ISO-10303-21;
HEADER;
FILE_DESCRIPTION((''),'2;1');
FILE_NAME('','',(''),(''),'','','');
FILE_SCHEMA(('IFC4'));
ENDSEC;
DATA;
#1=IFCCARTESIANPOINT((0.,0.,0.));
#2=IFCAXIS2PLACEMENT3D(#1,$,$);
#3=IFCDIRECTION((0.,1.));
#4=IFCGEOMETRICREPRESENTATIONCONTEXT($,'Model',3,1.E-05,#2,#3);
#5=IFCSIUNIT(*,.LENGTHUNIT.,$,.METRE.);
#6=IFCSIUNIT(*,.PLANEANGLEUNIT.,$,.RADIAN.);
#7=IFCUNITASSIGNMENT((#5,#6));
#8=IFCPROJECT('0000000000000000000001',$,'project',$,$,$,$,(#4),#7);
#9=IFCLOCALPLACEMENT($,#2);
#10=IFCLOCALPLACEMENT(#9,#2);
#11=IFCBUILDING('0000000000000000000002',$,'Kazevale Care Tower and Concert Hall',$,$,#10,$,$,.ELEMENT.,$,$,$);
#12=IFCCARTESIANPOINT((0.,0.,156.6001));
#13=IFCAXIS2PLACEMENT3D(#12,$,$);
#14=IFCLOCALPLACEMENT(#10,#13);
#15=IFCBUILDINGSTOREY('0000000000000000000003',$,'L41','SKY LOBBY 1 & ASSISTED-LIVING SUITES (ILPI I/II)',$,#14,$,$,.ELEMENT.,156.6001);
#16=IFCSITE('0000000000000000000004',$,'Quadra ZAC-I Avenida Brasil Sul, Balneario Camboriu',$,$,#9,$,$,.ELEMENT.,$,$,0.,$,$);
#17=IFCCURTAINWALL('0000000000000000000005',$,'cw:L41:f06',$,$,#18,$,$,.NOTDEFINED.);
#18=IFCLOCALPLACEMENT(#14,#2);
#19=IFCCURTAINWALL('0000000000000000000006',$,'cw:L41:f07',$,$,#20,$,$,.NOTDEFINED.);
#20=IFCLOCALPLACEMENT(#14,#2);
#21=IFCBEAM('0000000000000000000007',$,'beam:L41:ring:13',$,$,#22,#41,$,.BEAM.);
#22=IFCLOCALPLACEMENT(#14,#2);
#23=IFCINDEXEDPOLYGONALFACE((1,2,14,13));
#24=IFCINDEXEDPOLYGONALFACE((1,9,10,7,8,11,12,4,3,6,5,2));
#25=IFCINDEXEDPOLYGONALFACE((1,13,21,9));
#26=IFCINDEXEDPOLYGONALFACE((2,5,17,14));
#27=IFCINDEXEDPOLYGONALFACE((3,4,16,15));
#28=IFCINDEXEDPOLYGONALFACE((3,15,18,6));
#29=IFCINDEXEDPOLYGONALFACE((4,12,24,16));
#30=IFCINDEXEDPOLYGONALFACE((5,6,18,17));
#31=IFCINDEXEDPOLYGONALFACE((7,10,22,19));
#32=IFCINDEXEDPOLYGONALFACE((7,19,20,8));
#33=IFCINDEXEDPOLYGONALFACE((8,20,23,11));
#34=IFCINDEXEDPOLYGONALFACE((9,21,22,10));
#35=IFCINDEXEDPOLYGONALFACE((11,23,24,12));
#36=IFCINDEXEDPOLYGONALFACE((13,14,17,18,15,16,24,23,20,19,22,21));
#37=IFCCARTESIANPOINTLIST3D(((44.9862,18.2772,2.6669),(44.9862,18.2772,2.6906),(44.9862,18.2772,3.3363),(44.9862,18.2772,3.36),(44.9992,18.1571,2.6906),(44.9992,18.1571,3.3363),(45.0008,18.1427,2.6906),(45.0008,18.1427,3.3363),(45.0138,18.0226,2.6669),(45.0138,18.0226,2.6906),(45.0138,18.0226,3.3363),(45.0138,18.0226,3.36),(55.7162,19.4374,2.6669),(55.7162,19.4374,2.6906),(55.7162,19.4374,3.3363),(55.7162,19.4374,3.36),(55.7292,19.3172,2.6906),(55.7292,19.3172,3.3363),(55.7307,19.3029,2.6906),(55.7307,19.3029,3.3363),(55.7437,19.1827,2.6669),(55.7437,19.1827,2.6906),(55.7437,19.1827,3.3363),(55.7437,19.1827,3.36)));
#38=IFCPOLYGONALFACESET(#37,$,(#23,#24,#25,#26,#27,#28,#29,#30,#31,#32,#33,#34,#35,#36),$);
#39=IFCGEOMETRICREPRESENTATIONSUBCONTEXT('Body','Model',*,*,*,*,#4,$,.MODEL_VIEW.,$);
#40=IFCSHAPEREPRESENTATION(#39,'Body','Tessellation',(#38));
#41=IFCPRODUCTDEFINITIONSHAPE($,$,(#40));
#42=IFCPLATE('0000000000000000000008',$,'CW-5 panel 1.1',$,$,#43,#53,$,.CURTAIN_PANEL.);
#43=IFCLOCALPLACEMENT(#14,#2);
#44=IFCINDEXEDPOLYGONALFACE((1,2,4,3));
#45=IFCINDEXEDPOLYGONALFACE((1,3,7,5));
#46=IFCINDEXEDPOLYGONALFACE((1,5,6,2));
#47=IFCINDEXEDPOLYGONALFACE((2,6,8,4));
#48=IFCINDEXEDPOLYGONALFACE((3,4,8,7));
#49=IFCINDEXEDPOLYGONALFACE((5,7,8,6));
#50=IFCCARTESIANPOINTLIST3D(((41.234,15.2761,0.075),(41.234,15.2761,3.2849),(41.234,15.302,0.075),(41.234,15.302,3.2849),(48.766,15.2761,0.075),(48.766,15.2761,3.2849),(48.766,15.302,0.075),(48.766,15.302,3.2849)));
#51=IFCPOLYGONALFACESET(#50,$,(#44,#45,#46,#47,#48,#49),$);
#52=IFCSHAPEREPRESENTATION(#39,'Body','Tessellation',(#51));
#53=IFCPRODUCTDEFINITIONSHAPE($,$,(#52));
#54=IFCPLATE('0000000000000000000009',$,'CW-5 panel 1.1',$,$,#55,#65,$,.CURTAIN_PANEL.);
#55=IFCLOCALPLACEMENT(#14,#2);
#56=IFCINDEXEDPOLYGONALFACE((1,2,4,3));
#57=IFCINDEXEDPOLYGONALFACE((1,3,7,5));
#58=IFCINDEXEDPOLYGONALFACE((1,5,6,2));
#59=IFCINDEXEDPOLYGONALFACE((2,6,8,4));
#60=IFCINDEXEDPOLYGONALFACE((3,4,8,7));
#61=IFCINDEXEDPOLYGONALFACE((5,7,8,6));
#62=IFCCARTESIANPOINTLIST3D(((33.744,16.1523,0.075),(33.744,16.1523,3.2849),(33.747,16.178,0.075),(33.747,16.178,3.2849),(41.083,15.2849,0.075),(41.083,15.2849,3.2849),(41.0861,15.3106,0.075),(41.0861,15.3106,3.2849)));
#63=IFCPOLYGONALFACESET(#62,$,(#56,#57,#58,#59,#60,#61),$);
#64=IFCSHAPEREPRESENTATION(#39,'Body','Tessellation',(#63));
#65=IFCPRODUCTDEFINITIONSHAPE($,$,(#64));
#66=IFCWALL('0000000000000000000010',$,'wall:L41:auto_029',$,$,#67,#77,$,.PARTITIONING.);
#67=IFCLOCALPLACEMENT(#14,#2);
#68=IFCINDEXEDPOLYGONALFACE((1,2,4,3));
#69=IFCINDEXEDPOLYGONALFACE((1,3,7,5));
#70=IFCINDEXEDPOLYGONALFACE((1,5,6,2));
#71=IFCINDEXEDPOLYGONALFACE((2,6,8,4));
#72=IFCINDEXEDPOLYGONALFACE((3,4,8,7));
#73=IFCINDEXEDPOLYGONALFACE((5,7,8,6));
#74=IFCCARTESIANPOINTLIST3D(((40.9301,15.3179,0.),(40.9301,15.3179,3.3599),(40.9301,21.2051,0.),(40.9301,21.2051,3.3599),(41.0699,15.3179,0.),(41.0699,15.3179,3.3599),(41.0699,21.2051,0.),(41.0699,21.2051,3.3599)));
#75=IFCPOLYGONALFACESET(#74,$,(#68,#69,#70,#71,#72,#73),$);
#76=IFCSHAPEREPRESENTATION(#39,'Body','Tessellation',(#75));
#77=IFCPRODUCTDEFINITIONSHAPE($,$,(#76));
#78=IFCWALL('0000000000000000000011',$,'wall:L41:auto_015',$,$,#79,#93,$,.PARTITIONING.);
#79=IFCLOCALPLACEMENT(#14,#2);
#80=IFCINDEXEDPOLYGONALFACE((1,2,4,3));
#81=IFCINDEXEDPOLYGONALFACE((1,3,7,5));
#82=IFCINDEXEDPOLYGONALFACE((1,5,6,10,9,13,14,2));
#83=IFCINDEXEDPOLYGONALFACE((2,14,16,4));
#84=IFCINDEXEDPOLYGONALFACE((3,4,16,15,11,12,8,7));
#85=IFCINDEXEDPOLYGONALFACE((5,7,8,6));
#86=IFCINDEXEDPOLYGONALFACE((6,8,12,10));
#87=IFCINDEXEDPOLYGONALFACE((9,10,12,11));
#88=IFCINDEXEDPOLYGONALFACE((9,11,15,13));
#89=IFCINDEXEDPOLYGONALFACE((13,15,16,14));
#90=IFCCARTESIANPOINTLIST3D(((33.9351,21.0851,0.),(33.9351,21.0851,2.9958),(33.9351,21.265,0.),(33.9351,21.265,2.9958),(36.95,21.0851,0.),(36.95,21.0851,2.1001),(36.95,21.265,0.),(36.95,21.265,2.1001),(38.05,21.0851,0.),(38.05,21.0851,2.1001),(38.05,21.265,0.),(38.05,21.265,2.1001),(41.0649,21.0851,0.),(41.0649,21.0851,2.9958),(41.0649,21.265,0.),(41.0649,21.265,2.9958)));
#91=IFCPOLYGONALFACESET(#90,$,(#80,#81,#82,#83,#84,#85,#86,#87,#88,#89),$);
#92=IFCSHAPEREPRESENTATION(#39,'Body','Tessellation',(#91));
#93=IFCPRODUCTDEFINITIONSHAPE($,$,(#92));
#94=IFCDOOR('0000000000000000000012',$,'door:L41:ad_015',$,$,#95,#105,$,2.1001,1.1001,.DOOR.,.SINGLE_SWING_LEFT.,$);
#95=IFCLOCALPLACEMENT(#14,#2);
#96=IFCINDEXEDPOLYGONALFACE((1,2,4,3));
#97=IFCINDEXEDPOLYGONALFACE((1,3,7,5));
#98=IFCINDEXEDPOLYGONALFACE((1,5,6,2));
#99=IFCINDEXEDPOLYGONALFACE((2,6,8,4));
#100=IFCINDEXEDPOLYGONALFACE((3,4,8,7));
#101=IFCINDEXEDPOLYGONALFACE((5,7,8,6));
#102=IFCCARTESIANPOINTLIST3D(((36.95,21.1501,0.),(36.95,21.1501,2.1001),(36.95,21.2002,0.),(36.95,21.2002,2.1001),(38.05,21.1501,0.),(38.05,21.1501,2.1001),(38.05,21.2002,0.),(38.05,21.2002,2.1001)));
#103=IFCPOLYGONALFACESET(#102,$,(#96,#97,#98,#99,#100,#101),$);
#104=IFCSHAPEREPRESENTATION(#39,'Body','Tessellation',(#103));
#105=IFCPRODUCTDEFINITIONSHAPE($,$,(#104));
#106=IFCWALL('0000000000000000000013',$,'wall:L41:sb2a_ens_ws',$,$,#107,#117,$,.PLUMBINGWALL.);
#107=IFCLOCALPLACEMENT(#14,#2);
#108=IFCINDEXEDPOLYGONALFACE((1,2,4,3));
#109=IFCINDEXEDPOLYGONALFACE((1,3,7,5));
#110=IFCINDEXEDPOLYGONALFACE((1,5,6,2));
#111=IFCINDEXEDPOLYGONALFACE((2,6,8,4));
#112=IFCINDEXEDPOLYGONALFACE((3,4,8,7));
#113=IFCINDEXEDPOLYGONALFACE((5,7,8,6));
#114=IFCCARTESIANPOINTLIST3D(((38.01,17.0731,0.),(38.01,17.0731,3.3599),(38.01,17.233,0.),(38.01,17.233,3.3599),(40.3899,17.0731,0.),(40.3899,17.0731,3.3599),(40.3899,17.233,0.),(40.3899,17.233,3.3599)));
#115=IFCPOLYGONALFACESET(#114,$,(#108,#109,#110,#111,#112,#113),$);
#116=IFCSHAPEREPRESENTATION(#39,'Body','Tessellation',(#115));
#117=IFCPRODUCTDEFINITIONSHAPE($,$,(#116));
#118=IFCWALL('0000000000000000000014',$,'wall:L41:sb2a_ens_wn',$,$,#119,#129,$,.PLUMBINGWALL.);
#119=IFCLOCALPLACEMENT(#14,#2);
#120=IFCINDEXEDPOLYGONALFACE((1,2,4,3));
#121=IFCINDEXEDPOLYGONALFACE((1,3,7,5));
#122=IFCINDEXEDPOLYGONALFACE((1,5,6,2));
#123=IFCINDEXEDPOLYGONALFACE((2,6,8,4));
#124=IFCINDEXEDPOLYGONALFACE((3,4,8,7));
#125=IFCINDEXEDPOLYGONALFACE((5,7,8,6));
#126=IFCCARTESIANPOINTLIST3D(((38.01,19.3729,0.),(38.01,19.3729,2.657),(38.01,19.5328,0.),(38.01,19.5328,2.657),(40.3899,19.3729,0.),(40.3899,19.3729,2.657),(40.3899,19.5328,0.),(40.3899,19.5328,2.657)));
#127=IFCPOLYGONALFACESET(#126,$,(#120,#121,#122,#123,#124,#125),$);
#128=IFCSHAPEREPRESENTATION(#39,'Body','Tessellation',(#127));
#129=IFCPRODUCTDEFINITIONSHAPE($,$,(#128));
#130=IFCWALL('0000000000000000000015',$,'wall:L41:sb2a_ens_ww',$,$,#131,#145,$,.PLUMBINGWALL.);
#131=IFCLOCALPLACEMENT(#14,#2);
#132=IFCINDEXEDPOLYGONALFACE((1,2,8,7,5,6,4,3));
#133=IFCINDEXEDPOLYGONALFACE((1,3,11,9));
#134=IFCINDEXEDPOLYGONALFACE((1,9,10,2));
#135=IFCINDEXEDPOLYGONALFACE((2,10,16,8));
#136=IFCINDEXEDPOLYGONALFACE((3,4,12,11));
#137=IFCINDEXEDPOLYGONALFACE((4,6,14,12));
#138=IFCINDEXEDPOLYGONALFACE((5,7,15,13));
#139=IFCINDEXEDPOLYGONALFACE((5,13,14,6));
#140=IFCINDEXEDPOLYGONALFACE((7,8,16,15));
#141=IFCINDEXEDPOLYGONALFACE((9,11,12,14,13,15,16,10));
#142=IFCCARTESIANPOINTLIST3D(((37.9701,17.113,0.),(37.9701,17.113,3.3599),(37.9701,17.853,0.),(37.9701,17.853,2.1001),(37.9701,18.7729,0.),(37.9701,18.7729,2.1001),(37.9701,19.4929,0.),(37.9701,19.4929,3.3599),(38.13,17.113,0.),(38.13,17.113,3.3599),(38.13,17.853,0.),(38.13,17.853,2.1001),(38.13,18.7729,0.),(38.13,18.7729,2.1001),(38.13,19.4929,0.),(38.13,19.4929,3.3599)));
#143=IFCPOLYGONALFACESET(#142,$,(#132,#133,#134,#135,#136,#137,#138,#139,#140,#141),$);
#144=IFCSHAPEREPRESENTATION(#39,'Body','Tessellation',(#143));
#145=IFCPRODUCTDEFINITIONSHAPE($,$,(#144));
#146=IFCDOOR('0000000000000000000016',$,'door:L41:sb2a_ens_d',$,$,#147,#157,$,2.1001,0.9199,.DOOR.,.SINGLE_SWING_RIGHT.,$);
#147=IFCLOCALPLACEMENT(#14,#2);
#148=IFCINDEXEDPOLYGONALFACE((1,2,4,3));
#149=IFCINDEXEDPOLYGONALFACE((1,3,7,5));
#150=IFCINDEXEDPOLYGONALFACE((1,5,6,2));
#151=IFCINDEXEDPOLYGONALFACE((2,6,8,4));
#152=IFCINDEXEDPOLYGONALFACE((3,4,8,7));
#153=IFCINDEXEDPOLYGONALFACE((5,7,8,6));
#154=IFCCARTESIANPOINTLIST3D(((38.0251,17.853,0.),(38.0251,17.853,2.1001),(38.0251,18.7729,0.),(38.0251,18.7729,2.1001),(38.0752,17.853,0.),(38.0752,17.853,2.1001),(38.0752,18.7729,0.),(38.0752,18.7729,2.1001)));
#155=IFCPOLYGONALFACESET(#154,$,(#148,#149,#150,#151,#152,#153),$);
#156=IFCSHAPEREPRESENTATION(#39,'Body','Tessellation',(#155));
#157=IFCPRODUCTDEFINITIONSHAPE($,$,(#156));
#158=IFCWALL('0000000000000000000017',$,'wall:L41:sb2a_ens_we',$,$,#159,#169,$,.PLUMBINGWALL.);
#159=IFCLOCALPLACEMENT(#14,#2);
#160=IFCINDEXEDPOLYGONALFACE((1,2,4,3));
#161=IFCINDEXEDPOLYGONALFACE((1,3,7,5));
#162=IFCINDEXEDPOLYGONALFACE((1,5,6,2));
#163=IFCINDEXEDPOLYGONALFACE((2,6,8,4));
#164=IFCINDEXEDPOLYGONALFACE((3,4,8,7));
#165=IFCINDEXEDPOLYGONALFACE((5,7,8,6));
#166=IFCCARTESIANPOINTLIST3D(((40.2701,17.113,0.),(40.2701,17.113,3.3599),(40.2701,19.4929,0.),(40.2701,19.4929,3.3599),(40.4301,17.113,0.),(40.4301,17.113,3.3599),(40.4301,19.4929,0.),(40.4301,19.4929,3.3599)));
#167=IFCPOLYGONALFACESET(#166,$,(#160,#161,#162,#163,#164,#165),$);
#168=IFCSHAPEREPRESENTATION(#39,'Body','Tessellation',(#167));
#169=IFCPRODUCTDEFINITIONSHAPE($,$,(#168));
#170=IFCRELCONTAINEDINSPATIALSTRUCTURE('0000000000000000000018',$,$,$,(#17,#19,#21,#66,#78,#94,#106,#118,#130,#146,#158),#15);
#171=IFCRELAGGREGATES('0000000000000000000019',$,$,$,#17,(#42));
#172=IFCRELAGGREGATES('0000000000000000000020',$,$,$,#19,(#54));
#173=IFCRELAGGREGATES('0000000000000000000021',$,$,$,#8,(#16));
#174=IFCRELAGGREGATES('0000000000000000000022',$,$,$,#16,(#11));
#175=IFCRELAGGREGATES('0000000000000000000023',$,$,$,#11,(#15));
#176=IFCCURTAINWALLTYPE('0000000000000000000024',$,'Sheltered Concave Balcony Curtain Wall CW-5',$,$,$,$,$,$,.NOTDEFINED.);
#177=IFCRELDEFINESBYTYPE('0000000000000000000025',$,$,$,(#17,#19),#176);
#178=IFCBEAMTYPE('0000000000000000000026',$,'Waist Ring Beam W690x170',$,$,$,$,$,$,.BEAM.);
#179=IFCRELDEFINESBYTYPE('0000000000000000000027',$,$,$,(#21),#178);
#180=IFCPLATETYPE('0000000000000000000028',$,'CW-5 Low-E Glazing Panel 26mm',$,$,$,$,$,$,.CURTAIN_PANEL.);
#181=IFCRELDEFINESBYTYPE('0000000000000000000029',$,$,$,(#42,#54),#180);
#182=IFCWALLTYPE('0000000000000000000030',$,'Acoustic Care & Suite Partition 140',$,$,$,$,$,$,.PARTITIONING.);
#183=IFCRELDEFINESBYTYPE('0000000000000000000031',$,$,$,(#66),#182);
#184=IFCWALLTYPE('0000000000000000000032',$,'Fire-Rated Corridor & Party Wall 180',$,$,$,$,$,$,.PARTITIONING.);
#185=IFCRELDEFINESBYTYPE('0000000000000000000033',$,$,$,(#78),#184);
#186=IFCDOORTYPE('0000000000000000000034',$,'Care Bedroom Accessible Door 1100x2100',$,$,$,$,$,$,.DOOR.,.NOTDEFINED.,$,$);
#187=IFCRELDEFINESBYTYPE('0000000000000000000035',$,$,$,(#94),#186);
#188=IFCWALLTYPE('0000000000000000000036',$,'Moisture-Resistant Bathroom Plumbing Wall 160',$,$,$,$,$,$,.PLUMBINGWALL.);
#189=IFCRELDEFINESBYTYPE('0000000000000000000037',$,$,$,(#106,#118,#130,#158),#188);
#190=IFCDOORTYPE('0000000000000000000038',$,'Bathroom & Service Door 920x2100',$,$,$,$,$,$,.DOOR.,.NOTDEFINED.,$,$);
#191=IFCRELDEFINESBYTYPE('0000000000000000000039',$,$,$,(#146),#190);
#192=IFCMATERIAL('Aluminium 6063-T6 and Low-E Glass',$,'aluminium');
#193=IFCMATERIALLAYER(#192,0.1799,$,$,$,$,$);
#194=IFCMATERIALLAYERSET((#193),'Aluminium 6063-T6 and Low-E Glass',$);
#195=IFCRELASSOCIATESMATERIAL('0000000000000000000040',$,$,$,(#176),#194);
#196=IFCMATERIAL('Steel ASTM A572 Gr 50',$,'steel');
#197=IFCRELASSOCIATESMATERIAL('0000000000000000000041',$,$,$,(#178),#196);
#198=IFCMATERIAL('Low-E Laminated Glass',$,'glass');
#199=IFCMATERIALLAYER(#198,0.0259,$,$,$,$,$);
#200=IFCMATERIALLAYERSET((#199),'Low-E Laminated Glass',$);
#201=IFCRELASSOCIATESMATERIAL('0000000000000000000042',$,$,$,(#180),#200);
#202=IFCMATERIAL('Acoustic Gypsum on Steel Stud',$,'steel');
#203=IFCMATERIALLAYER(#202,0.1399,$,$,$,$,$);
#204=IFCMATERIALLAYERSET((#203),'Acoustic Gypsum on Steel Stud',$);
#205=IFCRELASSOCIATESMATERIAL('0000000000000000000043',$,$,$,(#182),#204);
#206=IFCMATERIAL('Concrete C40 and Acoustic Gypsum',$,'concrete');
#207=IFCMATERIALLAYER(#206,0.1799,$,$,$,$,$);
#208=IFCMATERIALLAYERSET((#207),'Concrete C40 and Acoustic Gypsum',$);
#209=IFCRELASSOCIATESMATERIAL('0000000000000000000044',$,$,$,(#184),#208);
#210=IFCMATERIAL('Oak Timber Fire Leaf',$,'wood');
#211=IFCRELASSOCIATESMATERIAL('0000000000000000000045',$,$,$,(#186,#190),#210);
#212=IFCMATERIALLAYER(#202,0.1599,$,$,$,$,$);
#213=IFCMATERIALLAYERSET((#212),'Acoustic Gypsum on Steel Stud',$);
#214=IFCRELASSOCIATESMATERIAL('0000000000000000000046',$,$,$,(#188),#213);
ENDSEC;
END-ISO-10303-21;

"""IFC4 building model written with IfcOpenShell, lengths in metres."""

from ifc_helpers import new_model, si_unit, direction, frame, frame_2d, origin, origin_2d, place, context, subcontext, project, spatial, rectangle, i_section, extrude, material, layer, layer_set, material_profile, profile_set, type_object, element, fill, aggregate, save


model = new_model("IFC4")

# Units and contexts
model_context = context("Model", 3, precision=1e-05, world=origin(), true_north=direction((0.0, 1.0)))
body_context = subcontext(model_context, "Body", "Model", "MODEL_VIEW")
ifc_project = project(units=[si_unit("LENGTHUNIT", "METRE"), si_unit("PLANEANGLEUNIT", "RADIAN")], contexts=[model_context])

# Site, building, storey
site_placement = place(None, origin())
site = spatial("IfcSite", under=ifc_project, at=site_placement, Name="Quadra ZAC-I Avenida Brasil Sul, Balneario Camboriu", CompositionType="ELEMENT", RefElevation=0.0)
building_placement = place(site_placement, origin())
building = spatial("IfcBuilding", under=site, at=building_placement, Name="Kazevale Care Tower and Concert Hall", CompositionType="ELEMENT")
storey_placement = place(building_placement, frame((0.0, 0.0, 156.6001)))
storey = spatial("IfcBuildingStorey", under=building, at=storey_placement, Name="L41", Description="SKY LOBBY 1 & ASSISTED-LIVING SUITES (ILPI I/II)", CompositionType="ELEMENT", Elevation=156.6001)

# Curtain wall
ifc_material_1 = material(Name="Aluminium 6063-T6 and Low-E Glass", Category="aluminium")
ifc_layer_1 = layer(ifc_material_1, 0.1799)
ifc_layer_set_1 = layer_set([ifc_layer_1], Name="Aluminium 6063-T6 and Low-E Glass")
curtain_wall_type = type_object("IfcCurtainWallType", Name="Sheltered Concave Balcony Curtain Wall CW-5", PredefinedType="NOTDEFINED", material=ifc_layer_set_1)
curtain_wall_1_placement = place(storey_placement, origin())
curtain_wall_1 = element("IfcCurtainWall", 1, at=curtain_wall_1_placement, inside=storey, type_object=curtain_wall_type, Name="cw:L41:f06", PredefinedType="NOTDEFINED")

# Curtain wall
curtain_wall_2_placement = place(storey_placement, origin())
curtain_wall_2 = element("IfcCurtainWall", 2, at=curtain_wall_2_placement, inside=storey, type_object=curtain_wall_type, Name="cw:L41:f07", PredefinedType="NOTDEFINED")

# Beam
ifc_material_2 = material(Name="Steel ASTM A572 Gr 50", Category="steel")
ifc_material_profile_1 = material_profile(ifc_material_2, i_section(OverallWidth=0.2561, OverallDepth=0.6931, WebThickness=0.0144, FlangeThickness=0.0237, at=origin_2d()), Name="W690x170")
ifc_profile_set_1 = profile_set([ifc_material_profile_1], Name="Steel ASTM A572 Gr 50")
beam_type_1 = type_object("IfcBeamType", Name="Waist Ring Beam W690x170", PredefinedType="BEAM", material=ifc_profile_set_1)
beam_1_placement = place(storey_placement, frame((45.0, 18.1499, 3.0134), z_axis=(0.994205, 0.107496, 0.0), x_axis=(-0.107496, 0.994205, 0.0)))
element("IfcBeam", 3, at=beam_1_placement, inside=storey, type_object=beam_type_1, Name="beam:L41:ring:13", PredefinedType="BEAM", context=body_context, shape_type="SweptSolid", body=[
    extrude(i_section(OverallWidth=0.2561, OverallDepth=0.6931, WebThickness=0.0144, FlangeThickness=0.0237, at=origin_2d()), origin(), (0.0, 0.0, 1.0), 10.7925),
])

# Plates
ifc_material_3 = material(Name="Low-E Laminated Glass", Category="glass")
ifc_layer_2 = layer(ifc_material_3, 0.0259)
ifc_layer_set_2 = layer_set([ifc_layer_2], Name="Low-E Laminated Glass")
plate_type = type_object("IfcPlateType", Name="CW-5 Low-E Glazing Panel 26mm", PredefinedType="CURTAIN_PANEL", material=ifc_layer_set_2)
plate_1_placement = place(storey_placement, frame((45.0, 15.2891, 0.075), z_axis=(0.0, 0.0, 1.0), x_axis=(-1.0, 0.0, 0.0)))
plate_1 = element("IfcPlate", 4, at=plate_1_placement, type_object=plate_type, Name="CW-5 panel 1.1", PredefinedType="CURTAIN_PANEL", context=body_context, shape_type="SweptSolid", body=[
    extrude(rectangle(XDim=7.532, YDim=0.0259, at=origin_2d()), origin(), (0.0, 0.0, 1.0), 3.21),
])
aggregate(curtain_wall_1, [plate_1])
plate_2_placement = place(storey_placement, frame((37.415, 15.7314, 0.075), z_axis=(0.0, 0.0, 1.0), x_axis=(-0.993088, 0.117372, 0.0)))
plate_2 = element("IfcPlate", 5, at=plate_2_placement, type_object=plate_type, Name="CW-5 panel 1.1", PredefinedType="CURTAIN_PANEL", context=body_context, shape_type="SweptSolid", body=[
    extrude(rectangle(XDim=7.3901, YDim=0.0259, at=origin_2d()), origin(), (0.0, 0.0, 1.0), 3.21),
])
aggregate(curtain_wall_2, [plate_2])

# Wall
ifc_material_4 = material(Name="Acoustic Gypsum on Steel Stud", Category="steel")
ifc_layer_3 = layer(ifc_material_4, 0.1399)
ifc_layer_set_3 = layer_set([ifc_layer_3], Name="Acoustic Gypsum on Steel Stud")
wall_type_1 = type_object("IfcWallType", Name="Acoustic Care & Suite Partition 140", PredefinedType="PARTITIONING", material=ifc_layer_set_3)
wall_1_placement = place(storey_placement, frame((41.0, 21.2051, 0.0), z_axis=(0.0, 0.0, 1.0), x_axis=(0.0, -1.0, 0.0)))
element("IfcWall", 6, at=wall_1_placement, inside=storey, type_object=wall_type_1, Name="wall:L41:auto_029", PredefinedType="PARTITIONING", context=body_context, shape_type="SweptSolid", body=[
    extrude(rectangle(XDim=5.8872, YDim=0.1399, at=frame_2d((2.9436, 0.0))), origin(), (0.0, 0.0, 1.0), 3.3599),
])

# Wall, opening, door
ifc_material_5 = material(Name="Concrete C40 and Acoustic Gypsum", Category="concrete")
ifc_layer_4 = layer(ifc_material_5, 0.1799)
ifc_layer_set_4 = layer_set([ifc_layer_4], Name="Concrete C40 and Acoustic Gypsum")
wall_type_2 = type_object("IfcWallType", Name="Fire-Rated Corridor & Party Wall 180", PredefinedType="PARTITIONING", material=ifc_layer_set_4)
wall_2_placement = place(storey_placement, frame((41.0649, 21.175, 0.0), z_axis=(0.0, 0.0, 1.0), x_axis=(-1.0, 0.0, 0.0)))
wall_2 = element("IfcWall", 7, at=wall_2_placement, inside=storey, type_object=wall_type_2, Name="wall:L41:auto_015", PredefinedType="PARTITIONING", context=body_context, shape_type="SweptSolid", body=[
    extrude(rectangle(XDim=7.1299, YDim=0.1799, at=frame_2d((3.5649, 0.0))), origin(), (0.0, 0.0, 1.0), 2.9958),
])
opening_1_placement = place(wall_2_placement, frame((3.0149, 0.0, 0.0)))
opening_1 = element("IfcOpeningElement", 8, at=opening_1_placement, cuts=wall_2, PredefinedType="OPENING", context=body_context, shape_type="SweptSolid", body=[
    extrude(rectangle(XDim=1.1001, YDim=2.1001, at=frame_2d((0.55, 1.05))), frame((0.0, 0.0999, 0.0), z_axis=(0.0, -1.0, 0.0), x_axis=(1.0, 0.0, 0.0)), (0.0, 0.0, 1.0), 0.2),
])
ifc_material_6 = material(Name="Oak Timber Fire Leaf", Category="wood")
door_type_1 = type_object("IfcDoorType", Name="Care Bedroom Accessible Door 1100x2100", OperationType="NOTDEFINED", PredefinedType="DOOR", material=ifc_material_6)
door_1_placement = place(opening_1_placement, origin())
door_1 = element("IfcDoor", 9, at=door_1_placement, inside=storey, type_object=door_type_1, Name="door:L41:ad_015", OperationType="SINGLE_SWING_LEFT", OverallHeight=2.1001, OverallWidth=1.1001, PredefinedType="DOOR", context=body_context, shape_type="SweptSolid", body=[
    extrude(rectangle(XDim=1.1001, YDim=2.1001, at=frame_2d((0.55, 1.05))), frame((0.0, 0.0249, 0.0), z_axis=(0.0, -1.0, 0.0), x_axis=(1.0, 0.0, 0.0)), (0.0, 0.0, 1.0), 0.05),
])
fill(opening_1, door_1)

# Walls
ifc_layer_5 = layer(ifc_material_4, 0.1599)
ifc_layer_set_5 = layer_set([ifc_layer_5], Name="Acoustic Gypsum on Steel Stud")
wall_type_3 = type_object("IfcWallType", Name="Moisture-Resistant Bathroom Plumbing Wall 160", PredefinedType="PLUMBINGWALL", material=ifc_layer_set_5)
wall_3_placement = place(storey_placement, frame((38.01, 17.1531, 0.0), z_axis=(0.0, 0.0, 1.0), x_axis=(1.0, 0.0, 0.0)))
element("IfcWall", 10, at=wall_3_placement, inside=storey, type_object=wall_type_3, Name="wall:L41:sb2a_ens_ws", PredefinedType="PLUMBINGWALL", context=body_context, shape_type="SweptSolid", body=[
    extrude(rectangle(XDim=2.3799, YDim=0.1599, at=frame_2d((1.1899, 0.0))), origin(), (0.0, 0.0, 1.0), 3.3599),
])
wall_4_placement = place(storey_placement, frame((38.01, 19.4529, 0.0), z_axis=(0.0, 0.0, 1.0), x_axis=(1.0, 0.0, 0.0)))
element("IfcWall", 11, at=wall_4_placement, inside=storey, type_object=wall_type_3, Name="wall:L41:sb2a_ens_wn", PredefinedType="PLUMBINGWALL", context=body_context, shape_type="SweptSolid", body=[
    extrude(rectangle(XDim=2.3799, YDim=0.1599, at=frame_2d((1.1899, 0.0))), origin(), (0.0, 0.0, 1.0), 2.657),
])

# Wall, opening, door
wall_5_placement = place(storey_placement, frame((38.05, 17.113, 0.0), z_axis=(0.0, 0.0, 1.0), x_axis=(0.0, 1.0, 0.0)))
wall_5 = element("IfcWall", 12, at=wall_5_placement, inside=storey, type_object=wall_type_3, Name="wall:L41:sb2a_ens_ww", PredefinedType="PLUMBINGWALL", context=body_context, shape_type="SweptSolid", body=[
    extrude(rectangle(XDim=2.3799, YDim=0.1599, at=frame_2d((1.1899, 0.0))), origin(), (0.0, 0.0, 1.0), 3.3599),
])
opening_2_placement = place(wall_5_placement, frame((0.74, 0.0, 0.0)))
opening_2 = element("IfcOpeningElement", 13, at=opening_2_placement, cuts=wall_5, PredefinedType="OPENING", context=body_context, shape_type="SweptSolid", body=[
    extrude(rectangle(XDim=0.9199, YDim=2.1001, at=frame_2d((0.46, 1.05))), frame((0.0, 0.0898, 0.0), z_axis=(0.0, -1.0, 0.0), x_axis=(1.0, 0.0, 0.0)), (0.0, 0.0, 1.0), 0.1799),
])
door_type_2 = type_object("IfcDoorType", Name="Bathroom & Service Door 920x2100", OperationType="NOTDEFINED", PredefinedType="DOOR", material=ifc_material_6)
door_2_placement = place(opening_2_placement, origin())
door_2 = element("IfcDoor", 14, at=door_2_placement, inside=storey, type_object=door_type_2, Name="door:L41:sb2a_ens_d", OperationType="SINGLE_SWING_RIGHT", OverallHeight=2.1001, OverallWidth=0.9199, PredefinedType="DOOR", context=body_context, shape_type="SweptSolid", body=[
    extrude(rectangle(XDim=0.9199, YDim=2.1001, at=frame_2d((0.46, 1.05))), frame((0.0, 0.0249, 0.0), z_axis=(0.0, -1.0, 0.0), x_axis=(1.0, 0.0, 0.0)), (0.0, 0.0, 1.0), 0.05),
])
fill(opening_2, door_2)

# Wall
wall_6_placement = place(storey_placement, frame((40.3501, 17.113, 0.0), z_axis=(0.0, 0.0, 1.0), x_axis=(0.0, 1.0, 0.0)))
element("IfcWall", 15, at=wall_6_placement, inside=storey, type_object=wall_type_3, Name="wall:L41:sb2a_ens_we", PredefinedType="PLUMBINGWALL", context=body_context, shape_type="SweptSolid", body=[
    extrude(rectangle(XDim=2.3799, YDim=0.1599, at=frame_2d((1.1899, 0.0))), origin(), (0.0, 0.0, 1.0), 3.3599),
])

save(model, "model.ifc")
